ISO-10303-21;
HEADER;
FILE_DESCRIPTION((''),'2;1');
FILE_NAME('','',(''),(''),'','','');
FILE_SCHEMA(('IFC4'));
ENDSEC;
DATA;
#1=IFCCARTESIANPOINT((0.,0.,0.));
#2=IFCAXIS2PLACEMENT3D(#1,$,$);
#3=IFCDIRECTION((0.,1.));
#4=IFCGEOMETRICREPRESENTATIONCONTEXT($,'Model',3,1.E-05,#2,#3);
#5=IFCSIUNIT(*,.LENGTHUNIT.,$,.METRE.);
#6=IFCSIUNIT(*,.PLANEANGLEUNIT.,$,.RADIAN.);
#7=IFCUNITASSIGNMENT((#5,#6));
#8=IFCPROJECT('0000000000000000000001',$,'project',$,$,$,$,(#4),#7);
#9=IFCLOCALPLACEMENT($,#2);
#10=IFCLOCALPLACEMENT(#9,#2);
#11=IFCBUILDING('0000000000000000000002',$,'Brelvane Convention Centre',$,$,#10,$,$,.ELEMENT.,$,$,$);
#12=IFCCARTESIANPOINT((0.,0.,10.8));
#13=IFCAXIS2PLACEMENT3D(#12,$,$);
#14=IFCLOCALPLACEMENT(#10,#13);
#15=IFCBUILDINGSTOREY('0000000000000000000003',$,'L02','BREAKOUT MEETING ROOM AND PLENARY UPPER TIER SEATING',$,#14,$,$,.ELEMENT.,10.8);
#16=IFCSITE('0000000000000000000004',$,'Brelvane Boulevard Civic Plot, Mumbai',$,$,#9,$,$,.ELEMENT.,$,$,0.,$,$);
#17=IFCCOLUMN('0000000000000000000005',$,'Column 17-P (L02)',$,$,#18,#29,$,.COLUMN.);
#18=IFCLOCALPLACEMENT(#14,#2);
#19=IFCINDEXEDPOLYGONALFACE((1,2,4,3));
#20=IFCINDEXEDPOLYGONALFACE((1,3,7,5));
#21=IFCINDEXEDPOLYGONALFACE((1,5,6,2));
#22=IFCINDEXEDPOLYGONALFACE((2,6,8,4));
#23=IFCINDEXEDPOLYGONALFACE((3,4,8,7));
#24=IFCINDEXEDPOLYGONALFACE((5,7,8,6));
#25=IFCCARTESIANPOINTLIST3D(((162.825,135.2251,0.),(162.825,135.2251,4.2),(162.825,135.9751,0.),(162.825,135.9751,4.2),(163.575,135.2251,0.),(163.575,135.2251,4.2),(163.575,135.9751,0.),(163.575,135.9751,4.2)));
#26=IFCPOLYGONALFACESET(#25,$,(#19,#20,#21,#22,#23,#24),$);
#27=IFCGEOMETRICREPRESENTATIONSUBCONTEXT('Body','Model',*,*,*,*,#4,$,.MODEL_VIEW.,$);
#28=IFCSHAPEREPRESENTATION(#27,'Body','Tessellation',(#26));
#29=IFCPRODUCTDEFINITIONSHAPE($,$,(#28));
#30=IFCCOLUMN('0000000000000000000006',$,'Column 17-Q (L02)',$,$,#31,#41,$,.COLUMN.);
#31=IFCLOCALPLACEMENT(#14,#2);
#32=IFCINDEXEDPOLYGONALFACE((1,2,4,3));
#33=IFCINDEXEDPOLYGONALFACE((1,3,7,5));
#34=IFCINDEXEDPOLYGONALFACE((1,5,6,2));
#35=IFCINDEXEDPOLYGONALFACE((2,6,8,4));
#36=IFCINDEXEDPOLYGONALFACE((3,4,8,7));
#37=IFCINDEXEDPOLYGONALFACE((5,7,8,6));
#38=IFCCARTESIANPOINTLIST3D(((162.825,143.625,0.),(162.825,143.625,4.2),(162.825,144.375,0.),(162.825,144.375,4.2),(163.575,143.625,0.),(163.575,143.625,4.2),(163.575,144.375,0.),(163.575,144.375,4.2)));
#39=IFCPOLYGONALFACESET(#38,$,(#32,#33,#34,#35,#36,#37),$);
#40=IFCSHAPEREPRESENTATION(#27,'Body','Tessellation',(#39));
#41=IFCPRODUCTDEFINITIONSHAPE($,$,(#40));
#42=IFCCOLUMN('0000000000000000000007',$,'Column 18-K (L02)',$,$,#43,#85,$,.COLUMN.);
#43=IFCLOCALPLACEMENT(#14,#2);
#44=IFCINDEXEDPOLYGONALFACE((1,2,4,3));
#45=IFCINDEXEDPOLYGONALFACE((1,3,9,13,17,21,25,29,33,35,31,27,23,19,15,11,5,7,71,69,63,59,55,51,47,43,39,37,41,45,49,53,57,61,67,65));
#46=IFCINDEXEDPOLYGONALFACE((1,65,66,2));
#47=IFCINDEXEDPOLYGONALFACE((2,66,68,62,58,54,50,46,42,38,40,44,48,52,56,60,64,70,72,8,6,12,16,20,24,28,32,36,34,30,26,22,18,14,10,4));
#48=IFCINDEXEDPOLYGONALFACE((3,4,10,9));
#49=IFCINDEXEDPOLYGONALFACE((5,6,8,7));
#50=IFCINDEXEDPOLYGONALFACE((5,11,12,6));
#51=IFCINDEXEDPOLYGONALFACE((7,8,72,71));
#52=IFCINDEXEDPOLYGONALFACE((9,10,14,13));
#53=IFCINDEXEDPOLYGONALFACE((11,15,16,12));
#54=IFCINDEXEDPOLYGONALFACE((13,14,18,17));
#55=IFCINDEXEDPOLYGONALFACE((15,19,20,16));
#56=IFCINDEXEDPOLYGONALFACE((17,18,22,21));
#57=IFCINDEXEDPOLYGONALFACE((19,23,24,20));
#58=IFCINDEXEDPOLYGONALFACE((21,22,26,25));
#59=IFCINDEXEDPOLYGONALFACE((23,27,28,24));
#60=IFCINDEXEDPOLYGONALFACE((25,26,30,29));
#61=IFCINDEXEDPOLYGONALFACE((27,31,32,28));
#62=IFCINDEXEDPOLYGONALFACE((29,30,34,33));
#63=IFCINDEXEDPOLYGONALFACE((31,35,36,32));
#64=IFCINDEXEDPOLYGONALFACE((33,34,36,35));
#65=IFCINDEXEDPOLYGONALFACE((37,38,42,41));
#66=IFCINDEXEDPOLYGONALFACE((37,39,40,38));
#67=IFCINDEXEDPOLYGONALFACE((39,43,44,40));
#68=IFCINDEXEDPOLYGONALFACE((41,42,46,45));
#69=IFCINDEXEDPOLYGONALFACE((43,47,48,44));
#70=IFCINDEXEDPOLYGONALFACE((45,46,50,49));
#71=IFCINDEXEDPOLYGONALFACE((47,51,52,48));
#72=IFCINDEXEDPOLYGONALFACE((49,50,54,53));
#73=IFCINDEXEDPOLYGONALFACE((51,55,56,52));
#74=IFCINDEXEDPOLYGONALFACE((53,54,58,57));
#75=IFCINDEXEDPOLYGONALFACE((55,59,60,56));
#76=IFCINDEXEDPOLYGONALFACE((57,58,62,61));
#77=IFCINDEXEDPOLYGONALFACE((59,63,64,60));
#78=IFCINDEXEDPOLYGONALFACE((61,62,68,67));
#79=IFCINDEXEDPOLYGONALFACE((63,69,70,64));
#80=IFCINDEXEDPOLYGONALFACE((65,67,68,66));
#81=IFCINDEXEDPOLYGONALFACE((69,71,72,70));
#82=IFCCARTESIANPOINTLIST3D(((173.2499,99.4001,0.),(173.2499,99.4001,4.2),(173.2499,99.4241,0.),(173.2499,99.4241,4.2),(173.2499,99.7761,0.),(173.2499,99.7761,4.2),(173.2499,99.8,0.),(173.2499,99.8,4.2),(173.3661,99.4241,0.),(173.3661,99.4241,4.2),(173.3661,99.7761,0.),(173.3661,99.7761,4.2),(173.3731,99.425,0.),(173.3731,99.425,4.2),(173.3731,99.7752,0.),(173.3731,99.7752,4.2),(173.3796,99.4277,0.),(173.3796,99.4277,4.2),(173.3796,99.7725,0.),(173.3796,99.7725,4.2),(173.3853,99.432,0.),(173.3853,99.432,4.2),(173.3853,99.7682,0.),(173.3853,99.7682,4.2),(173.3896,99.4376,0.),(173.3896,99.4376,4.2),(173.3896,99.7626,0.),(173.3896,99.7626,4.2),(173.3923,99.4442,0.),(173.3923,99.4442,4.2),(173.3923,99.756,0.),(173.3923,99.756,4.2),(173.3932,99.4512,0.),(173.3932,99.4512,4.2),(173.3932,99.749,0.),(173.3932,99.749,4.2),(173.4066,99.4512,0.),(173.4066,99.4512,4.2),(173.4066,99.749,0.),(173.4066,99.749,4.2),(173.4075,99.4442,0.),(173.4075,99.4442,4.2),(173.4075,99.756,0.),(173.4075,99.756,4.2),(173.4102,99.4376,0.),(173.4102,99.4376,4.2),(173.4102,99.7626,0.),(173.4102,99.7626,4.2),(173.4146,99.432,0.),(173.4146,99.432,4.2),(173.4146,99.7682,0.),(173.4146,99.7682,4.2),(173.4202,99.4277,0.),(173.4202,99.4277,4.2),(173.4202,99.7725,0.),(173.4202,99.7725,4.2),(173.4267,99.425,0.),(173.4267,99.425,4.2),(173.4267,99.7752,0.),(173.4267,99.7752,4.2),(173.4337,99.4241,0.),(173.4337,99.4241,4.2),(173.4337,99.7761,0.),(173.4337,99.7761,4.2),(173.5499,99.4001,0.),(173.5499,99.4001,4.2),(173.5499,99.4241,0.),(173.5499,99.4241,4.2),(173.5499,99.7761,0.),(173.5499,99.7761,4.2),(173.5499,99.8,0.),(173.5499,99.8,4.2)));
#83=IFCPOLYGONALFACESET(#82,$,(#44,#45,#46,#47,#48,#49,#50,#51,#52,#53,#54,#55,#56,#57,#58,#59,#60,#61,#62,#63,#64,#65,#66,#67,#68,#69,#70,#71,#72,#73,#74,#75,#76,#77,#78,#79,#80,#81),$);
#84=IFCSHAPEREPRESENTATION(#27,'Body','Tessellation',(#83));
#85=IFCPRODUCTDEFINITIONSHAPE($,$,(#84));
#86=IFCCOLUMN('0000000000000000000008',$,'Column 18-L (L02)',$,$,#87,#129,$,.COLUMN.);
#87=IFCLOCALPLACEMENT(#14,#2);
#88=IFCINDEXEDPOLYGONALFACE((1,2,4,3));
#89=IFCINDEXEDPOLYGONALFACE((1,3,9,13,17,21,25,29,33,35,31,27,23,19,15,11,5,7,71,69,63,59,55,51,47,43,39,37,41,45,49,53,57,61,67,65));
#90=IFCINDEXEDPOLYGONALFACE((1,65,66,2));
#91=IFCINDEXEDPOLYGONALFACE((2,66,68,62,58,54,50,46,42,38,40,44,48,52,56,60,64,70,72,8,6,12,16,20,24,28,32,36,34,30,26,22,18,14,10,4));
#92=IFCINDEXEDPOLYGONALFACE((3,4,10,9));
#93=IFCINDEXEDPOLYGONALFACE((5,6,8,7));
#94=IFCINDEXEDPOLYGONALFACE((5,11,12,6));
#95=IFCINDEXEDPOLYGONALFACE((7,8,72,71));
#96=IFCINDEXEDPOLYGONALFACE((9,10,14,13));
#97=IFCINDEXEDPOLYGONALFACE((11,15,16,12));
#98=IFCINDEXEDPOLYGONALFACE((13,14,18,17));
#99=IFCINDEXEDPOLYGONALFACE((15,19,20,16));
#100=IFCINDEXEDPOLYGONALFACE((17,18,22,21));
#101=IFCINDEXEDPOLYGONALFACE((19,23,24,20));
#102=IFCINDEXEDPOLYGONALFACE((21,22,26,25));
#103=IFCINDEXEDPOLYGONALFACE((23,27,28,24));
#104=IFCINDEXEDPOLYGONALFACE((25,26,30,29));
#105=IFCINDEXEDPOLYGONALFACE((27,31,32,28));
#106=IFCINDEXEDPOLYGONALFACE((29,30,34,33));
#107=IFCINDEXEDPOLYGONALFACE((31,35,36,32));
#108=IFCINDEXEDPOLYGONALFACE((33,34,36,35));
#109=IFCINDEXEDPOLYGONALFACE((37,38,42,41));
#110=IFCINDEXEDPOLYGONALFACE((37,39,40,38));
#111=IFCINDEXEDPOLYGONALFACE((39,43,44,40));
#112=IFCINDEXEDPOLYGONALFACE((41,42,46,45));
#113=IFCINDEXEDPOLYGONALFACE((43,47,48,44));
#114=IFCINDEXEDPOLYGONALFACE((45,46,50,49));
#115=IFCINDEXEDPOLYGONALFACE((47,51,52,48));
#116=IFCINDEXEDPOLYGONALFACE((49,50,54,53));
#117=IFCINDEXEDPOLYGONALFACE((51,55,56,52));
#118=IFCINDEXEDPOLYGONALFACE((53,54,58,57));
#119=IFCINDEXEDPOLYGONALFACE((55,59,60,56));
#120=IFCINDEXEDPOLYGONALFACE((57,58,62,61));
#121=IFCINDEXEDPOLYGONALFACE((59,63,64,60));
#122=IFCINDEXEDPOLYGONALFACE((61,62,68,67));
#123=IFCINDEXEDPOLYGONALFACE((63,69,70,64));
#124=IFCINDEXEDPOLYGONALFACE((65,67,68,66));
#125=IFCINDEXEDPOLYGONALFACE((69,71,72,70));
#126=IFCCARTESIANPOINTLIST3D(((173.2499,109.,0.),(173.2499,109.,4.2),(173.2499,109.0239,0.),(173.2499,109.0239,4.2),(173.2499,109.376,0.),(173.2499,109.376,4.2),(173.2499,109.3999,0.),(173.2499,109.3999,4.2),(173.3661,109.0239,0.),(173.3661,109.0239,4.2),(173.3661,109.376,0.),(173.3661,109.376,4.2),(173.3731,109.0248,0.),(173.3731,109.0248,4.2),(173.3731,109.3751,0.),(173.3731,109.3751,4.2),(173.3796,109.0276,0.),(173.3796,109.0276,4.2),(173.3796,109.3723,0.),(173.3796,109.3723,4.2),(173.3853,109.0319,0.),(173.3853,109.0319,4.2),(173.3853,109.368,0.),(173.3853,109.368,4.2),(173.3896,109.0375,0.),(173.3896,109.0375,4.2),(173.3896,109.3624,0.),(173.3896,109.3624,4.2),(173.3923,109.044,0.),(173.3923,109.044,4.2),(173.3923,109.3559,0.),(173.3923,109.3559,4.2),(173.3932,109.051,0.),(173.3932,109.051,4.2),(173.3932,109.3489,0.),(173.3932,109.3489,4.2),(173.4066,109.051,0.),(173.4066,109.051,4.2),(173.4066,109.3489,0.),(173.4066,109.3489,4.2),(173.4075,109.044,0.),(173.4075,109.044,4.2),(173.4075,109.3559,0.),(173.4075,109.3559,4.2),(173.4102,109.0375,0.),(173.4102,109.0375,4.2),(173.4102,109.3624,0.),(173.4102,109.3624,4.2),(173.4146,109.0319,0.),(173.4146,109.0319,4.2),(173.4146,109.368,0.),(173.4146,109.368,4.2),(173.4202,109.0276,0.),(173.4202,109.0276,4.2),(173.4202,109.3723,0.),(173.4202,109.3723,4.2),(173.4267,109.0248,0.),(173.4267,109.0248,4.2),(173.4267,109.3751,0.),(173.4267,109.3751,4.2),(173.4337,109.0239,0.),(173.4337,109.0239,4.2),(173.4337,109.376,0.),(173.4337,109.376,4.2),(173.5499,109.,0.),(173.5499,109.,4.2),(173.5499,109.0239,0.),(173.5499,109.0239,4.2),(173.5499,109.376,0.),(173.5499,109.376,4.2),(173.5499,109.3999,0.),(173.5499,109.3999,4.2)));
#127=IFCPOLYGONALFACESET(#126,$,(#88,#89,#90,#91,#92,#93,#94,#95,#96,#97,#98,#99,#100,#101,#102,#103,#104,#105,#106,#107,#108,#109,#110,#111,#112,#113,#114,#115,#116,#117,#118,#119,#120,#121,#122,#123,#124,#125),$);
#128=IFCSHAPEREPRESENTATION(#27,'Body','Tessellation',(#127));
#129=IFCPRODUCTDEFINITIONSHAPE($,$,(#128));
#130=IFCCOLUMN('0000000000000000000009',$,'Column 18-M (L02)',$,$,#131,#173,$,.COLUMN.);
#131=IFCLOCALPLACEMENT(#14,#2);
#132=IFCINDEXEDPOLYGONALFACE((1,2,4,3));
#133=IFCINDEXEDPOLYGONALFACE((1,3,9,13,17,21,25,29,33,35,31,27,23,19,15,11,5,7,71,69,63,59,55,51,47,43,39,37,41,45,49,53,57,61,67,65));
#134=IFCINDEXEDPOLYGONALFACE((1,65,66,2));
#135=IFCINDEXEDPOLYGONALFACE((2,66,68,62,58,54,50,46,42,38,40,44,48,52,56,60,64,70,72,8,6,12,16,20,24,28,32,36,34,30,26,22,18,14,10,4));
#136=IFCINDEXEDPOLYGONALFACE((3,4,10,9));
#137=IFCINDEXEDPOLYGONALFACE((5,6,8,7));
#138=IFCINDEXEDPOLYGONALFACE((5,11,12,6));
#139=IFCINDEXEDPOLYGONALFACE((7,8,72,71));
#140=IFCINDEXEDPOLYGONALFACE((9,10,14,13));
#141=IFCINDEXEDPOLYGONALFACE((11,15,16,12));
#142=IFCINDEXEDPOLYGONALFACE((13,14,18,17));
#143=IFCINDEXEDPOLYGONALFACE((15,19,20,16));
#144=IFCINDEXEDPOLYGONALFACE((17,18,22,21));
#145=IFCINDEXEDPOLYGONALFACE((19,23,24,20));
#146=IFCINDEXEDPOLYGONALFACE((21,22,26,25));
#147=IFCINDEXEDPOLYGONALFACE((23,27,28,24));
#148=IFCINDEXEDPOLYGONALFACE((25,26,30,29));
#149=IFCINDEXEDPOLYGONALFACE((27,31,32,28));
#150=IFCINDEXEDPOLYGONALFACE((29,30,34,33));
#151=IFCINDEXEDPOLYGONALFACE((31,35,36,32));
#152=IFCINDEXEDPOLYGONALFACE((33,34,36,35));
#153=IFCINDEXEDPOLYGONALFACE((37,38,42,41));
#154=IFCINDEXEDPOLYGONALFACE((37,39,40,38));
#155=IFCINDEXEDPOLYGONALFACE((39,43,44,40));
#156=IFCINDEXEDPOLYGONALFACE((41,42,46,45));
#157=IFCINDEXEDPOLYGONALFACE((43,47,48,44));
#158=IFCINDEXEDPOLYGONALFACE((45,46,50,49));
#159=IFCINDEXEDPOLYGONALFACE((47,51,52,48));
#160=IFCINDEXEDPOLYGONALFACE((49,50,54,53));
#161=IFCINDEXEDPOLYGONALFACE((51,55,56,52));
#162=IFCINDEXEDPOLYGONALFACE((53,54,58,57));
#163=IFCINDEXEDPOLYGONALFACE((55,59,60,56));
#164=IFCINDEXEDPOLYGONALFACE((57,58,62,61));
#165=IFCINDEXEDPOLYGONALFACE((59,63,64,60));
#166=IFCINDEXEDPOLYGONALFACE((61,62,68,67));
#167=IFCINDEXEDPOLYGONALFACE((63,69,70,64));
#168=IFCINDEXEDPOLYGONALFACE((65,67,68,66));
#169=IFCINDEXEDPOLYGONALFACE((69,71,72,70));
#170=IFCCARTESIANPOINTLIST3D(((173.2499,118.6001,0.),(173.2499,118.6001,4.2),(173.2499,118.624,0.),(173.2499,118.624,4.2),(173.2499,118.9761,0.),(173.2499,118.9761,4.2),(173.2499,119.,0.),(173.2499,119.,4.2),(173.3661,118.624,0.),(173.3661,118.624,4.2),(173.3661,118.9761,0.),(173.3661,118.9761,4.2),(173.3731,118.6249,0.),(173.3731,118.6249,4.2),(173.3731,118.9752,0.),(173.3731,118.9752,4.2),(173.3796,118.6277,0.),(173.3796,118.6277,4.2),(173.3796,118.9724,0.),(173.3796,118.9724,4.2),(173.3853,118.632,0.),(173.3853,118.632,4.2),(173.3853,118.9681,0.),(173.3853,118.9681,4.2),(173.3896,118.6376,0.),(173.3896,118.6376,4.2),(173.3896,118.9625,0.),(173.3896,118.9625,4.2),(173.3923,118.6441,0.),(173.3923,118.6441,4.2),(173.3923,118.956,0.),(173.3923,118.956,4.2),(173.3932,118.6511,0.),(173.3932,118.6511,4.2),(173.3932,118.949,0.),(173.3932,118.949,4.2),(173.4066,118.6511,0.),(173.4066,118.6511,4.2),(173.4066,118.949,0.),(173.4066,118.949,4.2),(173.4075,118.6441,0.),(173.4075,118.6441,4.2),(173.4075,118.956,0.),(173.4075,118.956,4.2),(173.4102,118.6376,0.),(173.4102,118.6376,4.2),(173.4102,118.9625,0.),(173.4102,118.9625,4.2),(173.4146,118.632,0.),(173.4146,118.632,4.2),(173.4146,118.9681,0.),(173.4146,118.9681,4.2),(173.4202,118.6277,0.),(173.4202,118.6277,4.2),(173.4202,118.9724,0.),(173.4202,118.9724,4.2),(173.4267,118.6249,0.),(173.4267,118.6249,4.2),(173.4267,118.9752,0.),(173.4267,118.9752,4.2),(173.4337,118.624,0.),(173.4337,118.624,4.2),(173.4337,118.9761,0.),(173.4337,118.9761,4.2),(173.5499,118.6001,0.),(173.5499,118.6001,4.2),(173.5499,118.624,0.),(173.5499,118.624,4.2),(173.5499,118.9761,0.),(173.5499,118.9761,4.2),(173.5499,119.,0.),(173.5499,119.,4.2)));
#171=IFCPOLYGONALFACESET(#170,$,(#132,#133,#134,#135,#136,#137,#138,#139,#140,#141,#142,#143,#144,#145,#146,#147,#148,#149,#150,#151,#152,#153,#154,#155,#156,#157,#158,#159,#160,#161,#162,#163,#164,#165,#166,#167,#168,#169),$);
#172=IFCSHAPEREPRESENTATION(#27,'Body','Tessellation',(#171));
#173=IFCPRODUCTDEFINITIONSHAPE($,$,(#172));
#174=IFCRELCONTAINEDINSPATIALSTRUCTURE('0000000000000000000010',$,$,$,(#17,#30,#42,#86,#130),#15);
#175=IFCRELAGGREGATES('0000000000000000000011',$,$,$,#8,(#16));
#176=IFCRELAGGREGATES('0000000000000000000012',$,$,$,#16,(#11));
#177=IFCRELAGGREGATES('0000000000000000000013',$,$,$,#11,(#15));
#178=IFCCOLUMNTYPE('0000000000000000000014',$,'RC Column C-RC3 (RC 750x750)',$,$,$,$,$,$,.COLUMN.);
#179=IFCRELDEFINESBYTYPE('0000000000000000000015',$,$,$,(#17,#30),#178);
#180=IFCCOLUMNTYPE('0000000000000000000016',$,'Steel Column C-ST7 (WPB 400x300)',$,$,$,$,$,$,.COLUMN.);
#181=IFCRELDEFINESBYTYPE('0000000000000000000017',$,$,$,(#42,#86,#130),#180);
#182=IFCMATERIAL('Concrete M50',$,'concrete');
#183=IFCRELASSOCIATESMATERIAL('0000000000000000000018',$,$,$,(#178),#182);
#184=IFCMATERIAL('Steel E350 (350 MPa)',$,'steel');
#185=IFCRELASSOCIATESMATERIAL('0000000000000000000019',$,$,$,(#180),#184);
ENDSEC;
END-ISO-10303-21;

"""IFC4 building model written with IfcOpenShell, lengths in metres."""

from ifc_helpers import new_model, si_unit, direction, frame, origin, origin_2d, place, context, subcontext, project, spatial, rectangle, i_section, extrude, material, material_profile, profile_set, type_object, element, save


model = new_model("IFC4")

# Units and contexts
model_context = context("Model", 3, precision=1e-05, world=origin(), true_north=direction((0.0, 1.0)))
body_context = subcontext(model_context, "Body", "Model", "MODEL_VIEW")
ifc_project = project(units=[si_unit("LENGTHUNIT", "METRE"), si_unit("PLANEANGLEUNIT", "RADIAN")], contexts=[model_context])

# Site, building, storey
site_placement = place(None, origin())
site = spatial("IfcSite", under=ifc_project, at=site_placement, Name="Brelvane Boulevard Civic Plot, Mumbai", CompositionType="ELEMENT", RefElevation=0.0)
building_placement = place(site_placement, origin())
building = spatial("IfcBuilding", under=site, at=building_placement, Name="Brelvane Convention Centre", CompositionType="ELEMENT")
storey_placement = place(building_placement, frame((0.0, 0.0, 10.8)))
storey = spatial("IfcBuildingStorey", under=building, at=storey_placement, Name="L02", Description="BREAKOUT MEETING ROOM AND PLENARY UPPER TIER SEATING", CompositionType="ELEMENT", Elevation=10.8)

# Columns
ifc_material_1 = material(Name="Concrete M50", Category="concrete")
ifc_material_profile_1 = material_profile(ifc_material_1, rectangle(XDim=0.75, YDim=0.75, at=origin_2d()), Name="RC 750x750")
ifc_profile_set_1 = profile_set([ifc_material_profile_1], Name="Concrete M50")
column_type_1 = type_object("IfcColumnType", Name="RC Column C-RC3 (RC 750x750)", PredefinedType="COLUMN", material=ifc_profile_set_1)
for number, where, z_axis, x_axis, name in (
    (1, (163.2, 135.6001, 0.0), (0.0, 0.0, 1.0), (1.0, 0.0, 0.0), "Column 17-P (L02)"),
    (2, (163.2, 144.0, 0.0), (0.0, 0.0, 1.0), (1.0, 0.0, 0.0), "Column 17-Q (L02)"),
):
    element("IfcColumn", number, at=place(storey_placement, frame(where, z_axis=z_axis, x_axis=x_axis)), inside=storey, type_object=column_type_1, Name=name, PredefinedType="COLUMN", context=body_context, shape_type="SweptSolid", body=[
        extrude(rectangle(XDim=0.75, YDim=0.75, at=origin_2d()), origin(), (0.0, 0.0, 1.0), 4.2),
    ])
ifc_material_2 = material(Name="Steel E350 (350 MPa)", Category="steel")
ifc_material_profile_2 = material_profile(ifc_material_2, i_section(OverallWidth=0.3, OverallDepth=0.3999, WebThickness=0.0134, FlangeThickness=0.0239, FilletRadius=0.0271, at=origin_2d()), Name="WPB 400x300")
ifc_profile_set_2 = profile_set([ifc_material_profile_2], Name="Steel E350 (350 MPa)")
column_type_2 = type_object("IfcColumnType", Name="Steel Column C-ST7 (WPB 400x300)", PredefinedType="COLUMN", material=ifc_profile_set_2)
for number, where, z_axis, x_axis, name in (
    (3, (173.3999, 99.6001, 0.0), (0.0, 0.0, 1.0), (1.0, 0.0, 0.0), "Column 18-K (L02)"),
    (4, (173.3999, 109.2, 0.0), (0.0, 0.0, 1.0), (1.0, 0.0, 0.0), "Column 18-L (L02)"),
    (5, (173.3999, 118.8, 0.0), (0.0, 0.0, 1.0), (1.0, 0.0, 0.0), "Column 18-M (L02)"),
):
    element("IfcColumn", number, at=place(storey_placement, frame(where, z_axis=z_axis, x_axis=x_axis)), inside=storey, type_object=column_type_2, Name=name, PredefinedType="COLUMN", context=body_context, shape_type="SweptSolid", body=[
        extrude(i_section(OverallWidth=0.3, OverallDepth=0.3999, WebThickness=0.0134, FlangeThickness=0.0239, FilletRadius=0.0271, at=origin_2d()), origin(), (0.0, 0.0, 1.0), 4.2),
    ])

save(model, "model.ifc")
